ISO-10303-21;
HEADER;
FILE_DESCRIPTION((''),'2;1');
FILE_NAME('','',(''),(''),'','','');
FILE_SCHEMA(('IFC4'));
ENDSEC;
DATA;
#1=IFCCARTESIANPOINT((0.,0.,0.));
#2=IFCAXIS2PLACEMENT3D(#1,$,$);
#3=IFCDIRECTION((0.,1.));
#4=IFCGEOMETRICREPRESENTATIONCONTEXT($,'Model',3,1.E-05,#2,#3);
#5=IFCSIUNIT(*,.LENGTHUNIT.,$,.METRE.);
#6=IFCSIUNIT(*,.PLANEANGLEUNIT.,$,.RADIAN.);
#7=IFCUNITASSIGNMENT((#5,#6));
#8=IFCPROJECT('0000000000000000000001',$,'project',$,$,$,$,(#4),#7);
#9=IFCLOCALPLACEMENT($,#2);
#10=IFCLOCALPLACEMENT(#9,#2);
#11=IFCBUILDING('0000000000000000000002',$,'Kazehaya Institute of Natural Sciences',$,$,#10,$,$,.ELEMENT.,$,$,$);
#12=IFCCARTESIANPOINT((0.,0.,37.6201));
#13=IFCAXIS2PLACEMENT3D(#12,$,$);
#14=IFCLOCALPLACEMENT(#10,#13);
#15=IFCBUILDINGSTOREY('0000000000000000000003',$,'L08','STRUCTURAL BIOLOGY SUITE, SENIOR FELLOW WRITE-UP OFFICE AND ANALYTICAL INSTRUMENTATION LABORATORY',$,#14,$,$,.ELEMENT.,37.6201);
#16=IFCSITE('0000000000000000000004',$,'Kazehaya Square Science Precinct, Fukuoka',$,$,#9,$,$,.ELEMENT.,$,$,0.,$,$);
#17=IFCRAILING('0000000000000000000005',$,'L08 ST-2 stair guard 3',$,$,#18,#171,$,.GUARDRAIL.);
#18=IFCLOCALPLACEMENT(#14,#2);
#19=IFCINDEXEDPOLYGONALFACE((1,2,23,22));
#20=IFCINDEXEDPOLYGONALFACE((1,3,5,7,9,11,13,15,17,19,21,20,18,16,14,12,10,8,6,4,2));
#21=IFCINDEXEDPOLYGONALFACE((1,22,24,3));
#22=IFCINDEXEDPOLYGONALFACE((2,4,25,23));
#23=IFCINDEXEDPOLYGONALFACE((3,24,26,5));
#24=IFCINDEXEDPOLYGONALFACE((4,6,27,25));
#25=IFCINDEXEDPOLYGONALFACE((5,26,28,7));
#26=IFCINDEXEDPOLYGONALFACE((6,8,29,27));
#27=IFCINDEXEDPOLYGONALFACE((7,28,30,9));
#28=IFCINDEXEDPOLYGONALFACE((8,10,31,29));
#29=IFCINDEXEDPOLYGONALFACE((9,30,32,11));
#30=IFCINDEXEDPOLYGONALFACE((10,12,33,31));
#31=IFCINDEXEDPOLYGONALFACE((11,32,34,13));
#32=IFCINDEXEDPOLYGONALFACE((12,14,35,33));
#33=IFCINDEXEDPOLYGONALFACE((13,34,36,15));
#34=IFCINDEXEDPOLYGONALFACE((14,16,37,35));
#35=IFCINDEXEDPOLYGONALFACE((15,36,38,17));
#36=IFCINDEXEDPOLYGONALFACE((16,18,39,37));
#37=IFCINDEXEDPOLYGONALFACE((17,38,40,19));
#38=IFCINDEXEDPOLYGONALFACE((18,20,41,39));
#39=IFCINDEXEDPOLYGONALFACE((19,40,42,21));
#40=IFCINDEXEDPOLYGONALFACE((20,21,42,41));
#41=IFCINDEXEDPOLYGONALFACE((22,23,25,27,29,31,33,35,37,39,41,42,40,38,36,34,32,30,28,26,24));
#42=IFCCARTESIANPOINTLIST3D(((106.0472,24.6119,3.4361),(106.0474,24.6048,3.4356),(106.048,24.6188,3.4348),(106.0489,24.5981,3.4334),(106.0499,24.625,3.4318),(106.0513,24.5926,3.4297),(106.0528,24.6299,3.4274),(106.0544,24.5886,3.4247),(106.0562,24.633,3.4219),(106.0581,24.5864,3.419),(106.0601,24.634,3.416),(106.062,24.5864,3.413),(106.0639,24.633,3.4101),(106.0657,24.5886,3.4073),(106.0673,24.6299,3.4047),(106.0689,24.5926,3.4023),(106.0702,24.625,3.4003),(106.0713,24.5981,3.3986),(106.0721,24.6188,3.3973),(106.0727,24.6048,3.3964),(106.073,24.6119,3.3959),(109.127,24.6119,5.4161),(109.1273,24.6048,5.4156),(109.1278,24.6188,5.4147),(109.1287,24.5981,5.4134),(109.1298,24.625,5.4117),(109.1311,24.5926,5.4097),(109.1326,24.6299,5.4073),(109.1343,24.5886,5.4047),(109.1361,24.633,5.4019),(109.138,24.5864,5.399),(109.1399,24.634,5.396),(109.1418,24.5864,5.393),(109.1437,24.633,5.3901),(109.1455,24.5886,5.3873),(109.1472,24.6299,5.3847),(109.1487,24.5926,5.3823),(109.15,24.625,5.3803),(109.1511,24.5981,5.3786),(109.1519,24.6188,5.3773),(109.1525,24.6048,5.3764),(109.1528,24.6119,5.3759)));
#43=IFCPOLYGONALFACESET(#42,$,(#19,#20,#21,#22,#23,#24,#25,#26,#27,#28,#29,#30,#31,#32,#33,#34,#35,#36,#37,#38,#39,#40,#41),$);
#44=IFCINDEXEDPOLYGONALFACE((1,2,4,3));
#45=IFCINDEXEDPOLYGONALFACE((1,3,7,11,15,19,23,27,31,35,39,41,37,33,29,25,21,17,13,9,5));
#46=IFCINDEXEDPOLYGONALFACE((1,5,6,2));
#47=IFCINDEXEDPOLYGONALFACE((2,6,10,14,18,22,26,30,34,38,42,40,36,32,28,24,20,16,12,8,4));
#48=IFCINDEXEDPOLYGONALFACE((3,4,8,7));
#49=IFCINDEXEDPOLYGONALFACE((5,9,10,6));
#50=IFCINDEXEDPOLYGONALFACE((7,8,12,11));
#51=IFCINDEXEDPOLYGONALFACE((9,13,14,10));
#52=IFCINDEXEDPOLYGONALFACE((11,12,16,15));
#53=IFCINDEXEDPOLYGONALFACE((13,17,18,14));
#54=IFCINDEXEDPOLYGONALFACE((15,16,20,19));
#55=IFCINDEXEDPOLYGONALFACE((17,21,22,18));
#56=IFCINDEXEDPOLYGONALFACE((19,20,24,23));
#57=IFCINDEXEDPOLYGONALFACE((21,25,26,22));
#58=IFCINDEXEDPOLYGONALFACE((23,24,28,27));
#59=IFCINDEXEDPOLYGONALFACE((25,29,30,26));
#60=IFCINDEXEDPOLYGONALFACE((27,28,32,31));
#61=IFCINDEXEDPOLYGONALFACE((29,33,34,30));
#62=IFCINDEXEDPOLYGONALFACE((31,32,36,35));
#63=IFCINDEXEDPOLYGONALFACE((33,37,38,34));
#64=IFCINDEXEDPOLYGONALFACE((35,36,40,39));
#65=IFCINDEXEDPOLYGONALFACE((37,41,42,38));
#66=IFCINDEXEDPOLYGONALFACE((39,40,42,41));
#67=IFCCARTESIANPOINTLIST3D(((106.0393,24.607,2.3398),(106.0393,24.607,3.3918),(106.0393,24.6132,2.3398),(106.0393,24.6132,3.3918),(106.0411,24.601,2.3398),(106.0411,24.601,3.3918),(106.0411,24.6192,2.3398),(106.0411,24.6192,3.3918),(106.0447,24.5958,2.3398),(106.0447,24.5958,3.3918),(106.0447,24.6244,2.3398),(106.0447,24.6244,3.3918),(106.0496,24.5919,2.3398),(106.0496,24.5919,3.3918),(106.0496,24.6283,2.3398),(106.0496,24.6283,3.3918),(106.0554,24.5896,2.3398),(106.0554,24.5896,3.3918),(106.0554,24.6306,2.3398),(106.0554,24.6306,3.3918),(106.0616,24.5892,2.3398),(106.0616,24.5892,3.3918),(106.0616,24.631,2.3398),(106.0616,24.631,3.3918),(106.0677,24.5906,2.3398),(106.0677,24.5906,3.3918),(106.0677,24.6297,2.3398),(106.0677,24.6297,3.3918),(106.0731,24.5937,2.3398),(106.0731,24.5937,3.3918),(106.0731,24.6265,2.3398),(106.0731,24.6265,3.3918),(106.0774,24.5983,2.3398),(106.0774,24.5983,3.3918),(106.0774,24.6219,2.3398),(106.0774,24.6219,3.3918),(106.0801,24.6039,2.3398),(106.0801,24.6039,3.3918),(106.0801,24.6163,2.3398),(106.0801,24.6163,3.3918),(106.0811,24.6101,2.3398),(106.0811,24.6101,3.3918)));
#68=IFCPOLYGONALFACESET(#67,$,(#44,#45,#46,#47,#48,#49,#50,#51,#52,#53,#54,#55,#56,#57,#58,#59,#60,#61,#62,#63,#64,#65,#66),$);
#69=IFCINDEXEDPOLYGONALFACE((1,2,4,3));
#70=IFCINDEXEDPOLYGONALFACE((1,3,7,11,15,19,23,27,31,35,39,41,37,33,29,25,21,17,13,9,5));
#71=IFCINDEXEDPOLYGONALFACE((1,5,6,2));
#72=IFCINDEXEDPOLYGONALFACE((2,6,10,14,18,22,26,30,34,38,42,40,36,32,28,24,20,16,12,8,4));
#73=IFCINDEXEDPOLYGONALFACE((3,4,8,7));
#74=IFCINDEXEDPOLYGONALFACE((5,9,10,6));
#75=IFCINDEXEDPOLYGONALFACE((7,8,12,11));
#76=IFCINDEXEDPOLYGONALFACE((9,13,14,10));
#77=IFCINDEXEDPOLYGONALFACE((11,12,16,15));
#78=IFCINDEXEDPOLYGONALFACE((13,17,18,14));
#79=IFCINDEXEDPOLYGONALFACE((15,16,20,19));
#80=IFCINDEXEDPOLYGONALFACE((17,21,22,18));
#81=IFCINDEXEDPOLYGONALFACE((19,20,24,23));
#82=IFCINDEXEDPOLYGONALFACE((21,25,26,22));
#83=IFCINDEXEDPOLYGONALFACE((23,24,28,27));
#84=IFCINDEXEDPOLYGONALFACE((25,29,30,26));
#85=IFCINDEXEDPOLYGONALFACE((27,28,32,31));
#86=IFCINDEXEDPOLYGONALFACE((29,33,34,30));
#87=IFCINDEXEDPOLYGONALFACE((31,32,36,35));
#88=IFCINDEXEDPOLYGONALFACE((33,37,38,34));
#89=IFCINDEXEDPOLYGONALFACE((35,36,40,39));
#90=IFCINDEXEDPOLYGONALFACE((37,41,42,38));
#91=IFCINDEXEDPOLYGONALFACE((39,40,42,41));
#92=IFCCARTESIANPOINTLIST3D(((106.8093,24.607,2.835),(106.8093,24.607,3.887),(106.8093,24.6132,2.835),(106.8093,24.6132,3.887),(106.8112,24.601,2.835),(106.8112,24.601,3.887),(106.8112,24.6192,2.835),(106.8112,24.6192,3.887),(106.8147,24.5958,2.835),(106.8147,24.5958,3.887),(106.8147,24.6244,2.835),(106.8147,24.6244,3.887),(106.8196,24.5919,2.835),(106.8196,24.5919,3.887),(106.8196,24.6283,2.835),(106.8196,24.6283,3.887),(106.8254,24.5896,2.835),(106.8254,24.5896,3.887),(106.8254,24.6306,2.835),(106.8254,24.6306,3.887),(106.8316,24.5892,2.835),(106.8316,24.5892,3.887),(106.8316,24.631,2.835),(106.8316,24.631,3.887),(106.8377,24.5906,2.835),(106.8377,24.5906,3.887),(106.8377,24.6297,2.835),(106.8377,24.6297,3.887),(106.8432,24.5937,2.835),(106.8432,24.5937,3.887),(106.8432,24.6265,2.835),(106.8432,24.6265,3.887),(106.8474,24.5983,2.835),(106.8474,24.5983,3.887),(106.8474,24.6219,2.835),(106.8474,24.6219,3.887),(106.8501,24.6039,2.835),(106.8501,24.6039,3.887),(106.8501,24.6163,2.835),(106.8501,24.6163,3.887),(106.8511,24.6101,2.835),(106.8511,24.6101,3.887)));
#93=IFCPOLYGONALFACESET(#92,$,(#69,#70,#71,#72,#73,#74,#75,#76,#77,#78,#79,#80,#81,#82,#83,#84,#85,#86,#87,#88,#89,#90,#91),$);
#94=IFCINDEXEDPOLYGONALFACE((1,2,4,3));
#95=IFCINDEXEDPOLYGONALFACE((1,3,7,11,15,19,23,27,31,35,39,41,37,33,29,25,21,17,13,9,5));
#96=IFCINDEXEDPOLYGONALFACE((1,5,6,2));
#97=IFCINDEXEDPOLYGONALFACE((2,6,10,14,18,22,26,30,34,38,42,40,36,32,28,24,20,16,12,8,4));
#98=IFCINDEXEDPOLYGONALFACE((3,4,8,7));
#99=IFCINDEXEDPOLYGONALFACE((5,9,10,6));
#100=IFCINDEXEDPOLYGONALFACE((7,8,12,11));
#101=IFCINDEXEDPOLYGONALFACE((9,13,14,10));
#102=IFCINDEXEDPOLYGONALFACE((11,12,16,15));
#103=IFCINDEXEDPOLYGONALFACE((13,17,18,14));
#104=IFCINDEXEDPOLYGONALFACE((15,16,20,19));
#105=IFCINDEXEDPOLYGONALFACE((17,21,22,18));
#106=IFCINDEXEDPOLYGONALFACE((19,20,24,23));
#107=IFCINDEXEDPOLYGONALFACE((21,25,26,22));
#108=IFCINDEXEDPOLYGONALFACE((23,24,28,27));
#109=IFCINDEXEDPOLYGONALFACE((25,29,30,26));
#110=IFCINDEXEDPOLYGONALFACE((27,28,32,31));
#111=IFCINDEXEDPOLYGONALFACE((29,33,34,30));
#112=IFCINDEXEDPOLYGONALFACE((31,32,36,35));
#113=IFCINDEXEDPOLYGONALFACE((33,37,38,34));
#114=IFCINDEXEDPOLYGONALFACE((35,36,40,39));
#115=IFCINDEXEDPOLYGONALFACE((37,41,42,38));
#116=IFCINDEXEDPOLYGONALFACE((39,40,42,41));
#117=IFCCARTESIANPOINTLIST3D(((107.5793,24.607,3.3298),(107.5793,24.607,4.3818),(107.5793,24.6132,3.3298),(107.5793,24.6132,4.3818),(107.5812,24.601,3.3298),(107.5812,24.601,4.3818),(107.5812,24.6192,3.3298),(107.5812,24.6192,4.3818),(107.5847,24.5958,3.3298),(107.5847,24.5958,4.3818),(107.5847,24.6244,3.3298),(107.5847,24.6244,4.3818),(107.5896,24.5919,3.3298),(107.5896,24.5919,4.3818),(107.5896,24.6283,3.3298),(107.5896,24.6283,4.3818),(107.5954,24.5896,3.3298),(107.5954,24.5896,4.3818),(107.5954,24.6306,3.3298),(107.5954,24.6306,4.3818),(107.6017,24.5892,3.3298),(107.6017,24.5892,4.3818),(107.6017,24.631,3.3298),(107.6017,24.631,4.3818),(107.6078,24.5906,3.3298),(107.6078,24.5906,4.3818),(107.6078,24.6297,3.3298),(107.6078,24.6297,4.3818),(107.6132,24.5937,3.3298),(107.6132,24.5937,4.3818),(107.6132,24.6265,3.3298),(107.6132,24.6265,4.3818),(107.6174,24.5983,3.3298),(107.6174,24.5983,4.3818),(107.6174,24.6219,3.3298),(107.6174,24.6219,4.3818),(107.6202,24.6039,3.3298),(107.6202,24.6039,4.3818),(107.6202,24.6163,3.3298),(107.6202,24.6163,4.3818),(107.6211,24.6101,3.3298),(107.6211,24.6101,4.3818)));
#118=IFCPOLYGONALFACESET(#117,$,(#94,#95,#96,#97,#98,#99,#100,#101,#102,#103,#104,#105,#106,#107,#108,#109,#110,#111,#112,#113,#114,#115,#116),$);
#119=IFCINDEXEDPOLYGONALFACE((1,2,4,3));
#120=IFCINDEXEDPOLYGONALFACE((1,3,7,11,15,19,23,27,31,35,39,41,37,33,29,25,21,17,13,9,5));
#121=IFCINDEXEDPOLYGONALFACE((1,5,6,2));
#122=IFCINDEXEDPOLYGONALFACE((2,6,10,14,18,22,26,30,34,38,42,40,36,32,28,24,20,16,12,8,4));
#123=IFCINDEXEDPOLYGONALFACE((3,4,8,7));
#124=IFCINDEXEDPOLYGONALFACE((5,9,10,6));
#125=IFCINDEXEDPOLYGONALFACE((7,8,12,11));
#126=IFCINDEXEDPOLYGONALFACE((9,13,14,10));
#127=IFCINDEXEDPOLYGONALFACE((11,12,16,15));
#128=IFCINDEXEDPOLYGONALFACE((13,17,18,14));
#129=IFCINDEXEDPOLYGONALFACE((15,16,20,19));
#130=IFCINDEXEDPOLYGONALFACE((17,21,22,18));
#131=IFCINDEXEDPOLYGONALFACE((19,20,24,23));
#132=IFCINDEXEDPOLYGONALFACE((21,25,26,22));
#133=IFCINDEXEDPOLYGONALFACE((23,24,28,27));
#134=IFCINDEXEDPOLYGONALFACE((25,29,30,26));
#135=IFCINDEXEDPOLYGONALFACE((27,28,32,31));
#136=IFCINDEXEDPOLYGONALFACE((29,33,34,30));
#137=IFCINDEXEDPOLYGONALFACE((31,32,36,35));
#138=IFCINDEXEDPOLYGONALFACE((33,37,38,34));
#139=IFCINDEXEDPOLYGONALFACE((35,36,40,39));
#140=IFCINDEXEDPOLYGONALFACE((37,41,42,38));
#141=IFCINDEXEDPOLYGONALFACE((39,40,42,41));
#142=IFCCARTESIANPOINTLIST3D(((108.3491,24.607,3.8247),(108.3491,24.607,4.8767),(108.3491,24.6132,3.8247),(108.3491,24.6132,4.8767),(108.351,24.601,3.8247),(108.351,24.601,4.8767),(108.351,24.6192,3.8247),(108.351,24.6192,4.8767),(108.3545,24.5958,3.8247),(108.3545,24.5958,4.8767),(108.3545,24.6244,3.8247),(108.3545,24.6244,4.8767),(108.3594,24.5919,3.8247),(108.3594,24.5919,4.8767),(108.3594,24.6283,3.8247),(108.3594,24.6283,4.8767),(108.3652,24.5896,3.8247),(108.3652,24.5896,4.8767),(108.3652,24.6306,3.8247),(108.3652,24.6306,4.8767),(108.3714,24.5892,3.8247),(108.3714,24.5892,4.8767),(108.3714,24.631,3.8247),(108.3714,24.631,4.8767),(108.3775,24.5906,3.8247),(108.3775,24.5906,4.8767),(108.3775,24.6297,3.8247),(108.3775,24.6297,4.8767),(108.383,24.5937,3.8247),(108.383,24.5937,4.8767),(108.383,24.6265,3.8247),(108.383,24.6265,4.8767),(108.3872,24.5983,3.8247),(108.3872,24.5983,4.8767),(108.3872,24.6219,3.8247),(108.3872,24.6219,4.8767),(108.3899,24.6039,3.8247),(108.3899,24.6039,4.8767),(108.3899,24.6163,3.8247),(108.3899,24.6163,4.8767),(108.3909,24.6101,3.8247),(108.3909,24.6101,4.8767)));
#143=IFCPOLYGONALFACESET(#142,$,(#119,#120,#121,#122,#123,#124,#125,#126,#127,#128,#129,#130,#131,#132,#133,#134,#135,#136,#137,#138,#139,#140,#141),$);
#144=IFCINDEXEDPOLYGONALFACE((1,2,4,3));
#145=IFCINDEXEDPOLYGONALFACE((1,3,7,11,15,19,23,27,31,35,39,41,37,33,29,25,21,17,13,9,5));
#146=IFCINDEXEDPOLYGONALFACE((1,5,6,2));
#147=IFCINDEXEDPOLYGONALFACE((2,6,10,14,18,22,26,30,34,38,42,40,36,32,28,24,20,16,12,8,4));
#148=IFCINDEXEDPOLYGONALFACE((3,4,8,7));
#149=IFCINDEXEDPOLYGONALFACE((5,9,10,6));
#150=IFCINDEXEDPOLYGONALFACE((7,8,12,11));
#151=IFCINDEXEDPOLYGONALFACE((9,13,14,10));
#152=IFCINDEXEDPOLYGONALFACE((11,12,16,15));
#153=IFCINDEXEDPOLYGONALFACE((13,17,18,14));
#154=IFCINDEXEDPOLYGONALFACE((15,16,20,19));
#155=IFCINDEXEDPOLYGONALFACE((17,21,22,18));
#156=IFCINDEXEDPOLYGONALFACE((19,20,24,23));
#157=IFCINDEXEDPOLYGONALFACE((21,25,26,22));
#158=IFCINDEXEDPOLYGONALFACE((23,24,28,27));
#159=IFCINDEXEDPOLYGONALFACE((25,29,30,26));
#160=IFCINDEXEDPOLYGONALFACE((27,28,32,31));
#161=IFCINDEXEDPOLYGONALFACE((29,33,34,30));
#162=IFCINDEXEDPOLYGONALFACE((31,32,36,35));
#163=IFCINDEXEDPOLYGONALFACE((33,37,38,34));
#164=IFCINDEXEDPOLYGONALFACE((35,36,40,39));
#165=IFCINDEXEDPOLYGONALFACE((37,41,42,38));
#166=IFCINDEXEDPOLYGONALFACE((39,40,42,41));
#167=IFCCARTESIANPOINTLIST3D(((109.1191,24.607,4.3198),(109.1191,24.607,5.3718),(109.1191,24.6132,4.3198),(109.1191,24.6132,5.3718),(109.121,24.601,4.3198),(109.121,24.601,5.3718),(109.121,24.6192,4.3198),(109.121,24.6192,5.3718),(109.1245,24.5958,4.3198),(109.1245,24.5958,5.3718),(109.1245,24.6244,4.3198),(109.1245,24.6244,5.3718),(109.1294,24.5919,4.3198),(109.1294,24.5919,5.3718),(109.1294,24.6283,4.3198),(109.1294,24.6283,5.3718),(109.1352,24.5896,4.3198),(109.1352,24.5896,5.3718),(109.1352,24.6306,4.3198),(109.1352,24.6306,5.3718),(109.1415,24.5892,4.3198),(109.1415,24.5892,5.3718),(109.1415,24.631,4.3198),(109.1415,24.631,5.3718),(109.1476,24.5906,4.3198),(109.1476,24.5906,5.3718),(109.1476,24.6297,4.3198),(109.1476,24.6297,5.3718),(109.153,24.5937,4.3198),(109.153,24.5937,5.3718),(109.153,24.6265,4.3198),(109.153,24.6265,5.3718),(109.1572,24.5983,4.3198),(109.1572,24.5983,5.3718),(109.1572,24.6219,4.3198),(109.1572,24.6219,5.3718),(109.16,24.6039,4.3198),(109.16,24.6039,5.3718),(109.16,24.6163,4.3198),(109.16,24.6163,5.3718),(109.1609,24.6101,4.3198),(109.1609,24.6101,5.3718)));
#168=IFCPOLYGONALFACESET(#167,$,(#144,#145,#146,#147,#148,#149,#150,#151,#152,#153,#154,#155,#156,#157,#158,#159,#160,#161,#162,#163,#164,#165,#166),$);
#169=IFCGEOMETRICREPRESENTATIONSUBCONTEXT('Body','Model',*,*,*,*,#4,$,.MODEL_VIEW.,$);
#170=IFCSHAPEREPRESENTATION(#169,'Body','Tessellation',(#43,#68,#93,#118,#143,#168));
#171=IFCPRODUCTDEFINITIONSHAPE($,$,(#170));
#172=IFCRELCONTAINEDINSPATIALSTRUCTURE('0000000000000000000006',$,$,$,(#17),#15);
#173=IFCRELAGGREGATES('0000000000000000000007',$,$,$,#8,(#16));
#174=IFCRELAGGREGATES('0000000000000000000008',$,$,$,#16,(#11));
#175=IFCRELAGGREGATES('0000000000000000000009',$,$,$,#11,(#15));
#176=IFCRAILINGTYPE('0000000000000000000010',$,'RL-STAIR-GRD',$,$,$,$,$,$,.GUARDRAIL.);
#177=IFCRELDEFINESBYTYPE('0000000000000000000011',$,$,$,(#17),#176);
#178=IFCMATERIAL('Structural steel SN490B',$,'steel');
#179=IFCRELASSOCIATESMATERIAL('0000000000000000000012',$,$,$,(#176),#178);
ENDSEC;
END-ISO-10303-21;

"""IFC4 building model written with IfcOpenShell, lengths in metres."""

from ifc_helpers import new_model, si_unit, direction, frame, origin, origin_2d, place, context, subcontext, project, spatial, circle, extrude, material, type_object, element, save


model = new_model("IFC4")

# Units and contexts
model_context = context("Model", 3, precision=1e-05, world=origin(), true_north=direction((0.0, 1.0)))
body_context = subcontext(model_context, "Body", "Model", "MODEL_VIEW")
ifc_project = project(units=[si_unit("LENGTHUNIT", "METRE"), si_unit("PLANEANGLEUNIT", "RADIAN")], contexts=[model_context])

# Site, building, storey
site_placement = place(None, origin())
site = spatial("IfcSite", under=ifc_project, at=site_placement, Name="Kazehaya Square Science Precinct, Fukuoka", CompositionType="ELEMENT", RefElevation=0.0)
building_placement = place(site_placement, origin())
building = spatial("IfcBuilding", under=site, at=building_placement, Name="Kazehaya Institute of Natural Sciences", CompositionType="ELEMENT")
storey_placement = place(building_placement, frame((0.0, 0.0, 37.6201)))
storey = spatial("IfcBuildingStorey", under=building, at=storey_placement, Name="L08", Description="STRUCTURAL BIOLOGY SUITE, SENIOR FELLOW WRITE-UP OFFICE AND ANALYTICAL INSTRUMENTATION LABORATORY", CompositionType="ELEMENT", Elevation=37.6201)

# Railing
ifc_material_1 = material(Name="Structural steel SN490B", Category="steel")
railing_type_1 = type_object("IfcRailingType", Name="RL-STAIR-GRD", PredefinedType="GUARDRAIL", material=ifc_material_1)
railing_1_placement = place(storey_placement, frame((106.0601, 24.6101, 2.3398)))
element("IfcRailing", 1, at=railing_1_placement, inside=storey, type_object=railing_type_1, Name="L08 ST-2 stair guard 3", PredefinedType="GUARDRAIL", context=body_context, shape_type="SweptSolid", body=[
    extrude(circle(Radius=0.0239, at=origin_2d()), frame((0.0, 0.0, 1.0762), z_axis=(0.841168, 0.0, 0.540774), x_axis=(0.0, 1.0, 0.0)), (0.0, 0.0, 1.0), 3.6614),
    extrude(circle(Radius=0.021, at=origin_2d()), origin(), (0.0, 0.0, 1.0), 1.052),
    extrude(circle(Radius=0.021, at=origin_2d()), frame((0.77, 0.0, 0.4951)), (0.0, 0.0, 1.0), 1.052),
    extrude(circle(Radius=0.021, at=origin_2d()), frame((1.54, 0.0, 0.99)), (0.0, 0.0, 1.0), 1.052),
    extrude(circle(Radius=0.021, at=origin_2d()), frame((2.3098, 0.0, 1.4849)), (0.0, 0.0, 1.0), 1.052),
    extrude(circle(Radius=0.021, at=origin_2d()), frame((3.0798, 0.0, 1.98)), (0.0, 0.0, 1.0), 1.052),
])

save(model, "model.ifc")
